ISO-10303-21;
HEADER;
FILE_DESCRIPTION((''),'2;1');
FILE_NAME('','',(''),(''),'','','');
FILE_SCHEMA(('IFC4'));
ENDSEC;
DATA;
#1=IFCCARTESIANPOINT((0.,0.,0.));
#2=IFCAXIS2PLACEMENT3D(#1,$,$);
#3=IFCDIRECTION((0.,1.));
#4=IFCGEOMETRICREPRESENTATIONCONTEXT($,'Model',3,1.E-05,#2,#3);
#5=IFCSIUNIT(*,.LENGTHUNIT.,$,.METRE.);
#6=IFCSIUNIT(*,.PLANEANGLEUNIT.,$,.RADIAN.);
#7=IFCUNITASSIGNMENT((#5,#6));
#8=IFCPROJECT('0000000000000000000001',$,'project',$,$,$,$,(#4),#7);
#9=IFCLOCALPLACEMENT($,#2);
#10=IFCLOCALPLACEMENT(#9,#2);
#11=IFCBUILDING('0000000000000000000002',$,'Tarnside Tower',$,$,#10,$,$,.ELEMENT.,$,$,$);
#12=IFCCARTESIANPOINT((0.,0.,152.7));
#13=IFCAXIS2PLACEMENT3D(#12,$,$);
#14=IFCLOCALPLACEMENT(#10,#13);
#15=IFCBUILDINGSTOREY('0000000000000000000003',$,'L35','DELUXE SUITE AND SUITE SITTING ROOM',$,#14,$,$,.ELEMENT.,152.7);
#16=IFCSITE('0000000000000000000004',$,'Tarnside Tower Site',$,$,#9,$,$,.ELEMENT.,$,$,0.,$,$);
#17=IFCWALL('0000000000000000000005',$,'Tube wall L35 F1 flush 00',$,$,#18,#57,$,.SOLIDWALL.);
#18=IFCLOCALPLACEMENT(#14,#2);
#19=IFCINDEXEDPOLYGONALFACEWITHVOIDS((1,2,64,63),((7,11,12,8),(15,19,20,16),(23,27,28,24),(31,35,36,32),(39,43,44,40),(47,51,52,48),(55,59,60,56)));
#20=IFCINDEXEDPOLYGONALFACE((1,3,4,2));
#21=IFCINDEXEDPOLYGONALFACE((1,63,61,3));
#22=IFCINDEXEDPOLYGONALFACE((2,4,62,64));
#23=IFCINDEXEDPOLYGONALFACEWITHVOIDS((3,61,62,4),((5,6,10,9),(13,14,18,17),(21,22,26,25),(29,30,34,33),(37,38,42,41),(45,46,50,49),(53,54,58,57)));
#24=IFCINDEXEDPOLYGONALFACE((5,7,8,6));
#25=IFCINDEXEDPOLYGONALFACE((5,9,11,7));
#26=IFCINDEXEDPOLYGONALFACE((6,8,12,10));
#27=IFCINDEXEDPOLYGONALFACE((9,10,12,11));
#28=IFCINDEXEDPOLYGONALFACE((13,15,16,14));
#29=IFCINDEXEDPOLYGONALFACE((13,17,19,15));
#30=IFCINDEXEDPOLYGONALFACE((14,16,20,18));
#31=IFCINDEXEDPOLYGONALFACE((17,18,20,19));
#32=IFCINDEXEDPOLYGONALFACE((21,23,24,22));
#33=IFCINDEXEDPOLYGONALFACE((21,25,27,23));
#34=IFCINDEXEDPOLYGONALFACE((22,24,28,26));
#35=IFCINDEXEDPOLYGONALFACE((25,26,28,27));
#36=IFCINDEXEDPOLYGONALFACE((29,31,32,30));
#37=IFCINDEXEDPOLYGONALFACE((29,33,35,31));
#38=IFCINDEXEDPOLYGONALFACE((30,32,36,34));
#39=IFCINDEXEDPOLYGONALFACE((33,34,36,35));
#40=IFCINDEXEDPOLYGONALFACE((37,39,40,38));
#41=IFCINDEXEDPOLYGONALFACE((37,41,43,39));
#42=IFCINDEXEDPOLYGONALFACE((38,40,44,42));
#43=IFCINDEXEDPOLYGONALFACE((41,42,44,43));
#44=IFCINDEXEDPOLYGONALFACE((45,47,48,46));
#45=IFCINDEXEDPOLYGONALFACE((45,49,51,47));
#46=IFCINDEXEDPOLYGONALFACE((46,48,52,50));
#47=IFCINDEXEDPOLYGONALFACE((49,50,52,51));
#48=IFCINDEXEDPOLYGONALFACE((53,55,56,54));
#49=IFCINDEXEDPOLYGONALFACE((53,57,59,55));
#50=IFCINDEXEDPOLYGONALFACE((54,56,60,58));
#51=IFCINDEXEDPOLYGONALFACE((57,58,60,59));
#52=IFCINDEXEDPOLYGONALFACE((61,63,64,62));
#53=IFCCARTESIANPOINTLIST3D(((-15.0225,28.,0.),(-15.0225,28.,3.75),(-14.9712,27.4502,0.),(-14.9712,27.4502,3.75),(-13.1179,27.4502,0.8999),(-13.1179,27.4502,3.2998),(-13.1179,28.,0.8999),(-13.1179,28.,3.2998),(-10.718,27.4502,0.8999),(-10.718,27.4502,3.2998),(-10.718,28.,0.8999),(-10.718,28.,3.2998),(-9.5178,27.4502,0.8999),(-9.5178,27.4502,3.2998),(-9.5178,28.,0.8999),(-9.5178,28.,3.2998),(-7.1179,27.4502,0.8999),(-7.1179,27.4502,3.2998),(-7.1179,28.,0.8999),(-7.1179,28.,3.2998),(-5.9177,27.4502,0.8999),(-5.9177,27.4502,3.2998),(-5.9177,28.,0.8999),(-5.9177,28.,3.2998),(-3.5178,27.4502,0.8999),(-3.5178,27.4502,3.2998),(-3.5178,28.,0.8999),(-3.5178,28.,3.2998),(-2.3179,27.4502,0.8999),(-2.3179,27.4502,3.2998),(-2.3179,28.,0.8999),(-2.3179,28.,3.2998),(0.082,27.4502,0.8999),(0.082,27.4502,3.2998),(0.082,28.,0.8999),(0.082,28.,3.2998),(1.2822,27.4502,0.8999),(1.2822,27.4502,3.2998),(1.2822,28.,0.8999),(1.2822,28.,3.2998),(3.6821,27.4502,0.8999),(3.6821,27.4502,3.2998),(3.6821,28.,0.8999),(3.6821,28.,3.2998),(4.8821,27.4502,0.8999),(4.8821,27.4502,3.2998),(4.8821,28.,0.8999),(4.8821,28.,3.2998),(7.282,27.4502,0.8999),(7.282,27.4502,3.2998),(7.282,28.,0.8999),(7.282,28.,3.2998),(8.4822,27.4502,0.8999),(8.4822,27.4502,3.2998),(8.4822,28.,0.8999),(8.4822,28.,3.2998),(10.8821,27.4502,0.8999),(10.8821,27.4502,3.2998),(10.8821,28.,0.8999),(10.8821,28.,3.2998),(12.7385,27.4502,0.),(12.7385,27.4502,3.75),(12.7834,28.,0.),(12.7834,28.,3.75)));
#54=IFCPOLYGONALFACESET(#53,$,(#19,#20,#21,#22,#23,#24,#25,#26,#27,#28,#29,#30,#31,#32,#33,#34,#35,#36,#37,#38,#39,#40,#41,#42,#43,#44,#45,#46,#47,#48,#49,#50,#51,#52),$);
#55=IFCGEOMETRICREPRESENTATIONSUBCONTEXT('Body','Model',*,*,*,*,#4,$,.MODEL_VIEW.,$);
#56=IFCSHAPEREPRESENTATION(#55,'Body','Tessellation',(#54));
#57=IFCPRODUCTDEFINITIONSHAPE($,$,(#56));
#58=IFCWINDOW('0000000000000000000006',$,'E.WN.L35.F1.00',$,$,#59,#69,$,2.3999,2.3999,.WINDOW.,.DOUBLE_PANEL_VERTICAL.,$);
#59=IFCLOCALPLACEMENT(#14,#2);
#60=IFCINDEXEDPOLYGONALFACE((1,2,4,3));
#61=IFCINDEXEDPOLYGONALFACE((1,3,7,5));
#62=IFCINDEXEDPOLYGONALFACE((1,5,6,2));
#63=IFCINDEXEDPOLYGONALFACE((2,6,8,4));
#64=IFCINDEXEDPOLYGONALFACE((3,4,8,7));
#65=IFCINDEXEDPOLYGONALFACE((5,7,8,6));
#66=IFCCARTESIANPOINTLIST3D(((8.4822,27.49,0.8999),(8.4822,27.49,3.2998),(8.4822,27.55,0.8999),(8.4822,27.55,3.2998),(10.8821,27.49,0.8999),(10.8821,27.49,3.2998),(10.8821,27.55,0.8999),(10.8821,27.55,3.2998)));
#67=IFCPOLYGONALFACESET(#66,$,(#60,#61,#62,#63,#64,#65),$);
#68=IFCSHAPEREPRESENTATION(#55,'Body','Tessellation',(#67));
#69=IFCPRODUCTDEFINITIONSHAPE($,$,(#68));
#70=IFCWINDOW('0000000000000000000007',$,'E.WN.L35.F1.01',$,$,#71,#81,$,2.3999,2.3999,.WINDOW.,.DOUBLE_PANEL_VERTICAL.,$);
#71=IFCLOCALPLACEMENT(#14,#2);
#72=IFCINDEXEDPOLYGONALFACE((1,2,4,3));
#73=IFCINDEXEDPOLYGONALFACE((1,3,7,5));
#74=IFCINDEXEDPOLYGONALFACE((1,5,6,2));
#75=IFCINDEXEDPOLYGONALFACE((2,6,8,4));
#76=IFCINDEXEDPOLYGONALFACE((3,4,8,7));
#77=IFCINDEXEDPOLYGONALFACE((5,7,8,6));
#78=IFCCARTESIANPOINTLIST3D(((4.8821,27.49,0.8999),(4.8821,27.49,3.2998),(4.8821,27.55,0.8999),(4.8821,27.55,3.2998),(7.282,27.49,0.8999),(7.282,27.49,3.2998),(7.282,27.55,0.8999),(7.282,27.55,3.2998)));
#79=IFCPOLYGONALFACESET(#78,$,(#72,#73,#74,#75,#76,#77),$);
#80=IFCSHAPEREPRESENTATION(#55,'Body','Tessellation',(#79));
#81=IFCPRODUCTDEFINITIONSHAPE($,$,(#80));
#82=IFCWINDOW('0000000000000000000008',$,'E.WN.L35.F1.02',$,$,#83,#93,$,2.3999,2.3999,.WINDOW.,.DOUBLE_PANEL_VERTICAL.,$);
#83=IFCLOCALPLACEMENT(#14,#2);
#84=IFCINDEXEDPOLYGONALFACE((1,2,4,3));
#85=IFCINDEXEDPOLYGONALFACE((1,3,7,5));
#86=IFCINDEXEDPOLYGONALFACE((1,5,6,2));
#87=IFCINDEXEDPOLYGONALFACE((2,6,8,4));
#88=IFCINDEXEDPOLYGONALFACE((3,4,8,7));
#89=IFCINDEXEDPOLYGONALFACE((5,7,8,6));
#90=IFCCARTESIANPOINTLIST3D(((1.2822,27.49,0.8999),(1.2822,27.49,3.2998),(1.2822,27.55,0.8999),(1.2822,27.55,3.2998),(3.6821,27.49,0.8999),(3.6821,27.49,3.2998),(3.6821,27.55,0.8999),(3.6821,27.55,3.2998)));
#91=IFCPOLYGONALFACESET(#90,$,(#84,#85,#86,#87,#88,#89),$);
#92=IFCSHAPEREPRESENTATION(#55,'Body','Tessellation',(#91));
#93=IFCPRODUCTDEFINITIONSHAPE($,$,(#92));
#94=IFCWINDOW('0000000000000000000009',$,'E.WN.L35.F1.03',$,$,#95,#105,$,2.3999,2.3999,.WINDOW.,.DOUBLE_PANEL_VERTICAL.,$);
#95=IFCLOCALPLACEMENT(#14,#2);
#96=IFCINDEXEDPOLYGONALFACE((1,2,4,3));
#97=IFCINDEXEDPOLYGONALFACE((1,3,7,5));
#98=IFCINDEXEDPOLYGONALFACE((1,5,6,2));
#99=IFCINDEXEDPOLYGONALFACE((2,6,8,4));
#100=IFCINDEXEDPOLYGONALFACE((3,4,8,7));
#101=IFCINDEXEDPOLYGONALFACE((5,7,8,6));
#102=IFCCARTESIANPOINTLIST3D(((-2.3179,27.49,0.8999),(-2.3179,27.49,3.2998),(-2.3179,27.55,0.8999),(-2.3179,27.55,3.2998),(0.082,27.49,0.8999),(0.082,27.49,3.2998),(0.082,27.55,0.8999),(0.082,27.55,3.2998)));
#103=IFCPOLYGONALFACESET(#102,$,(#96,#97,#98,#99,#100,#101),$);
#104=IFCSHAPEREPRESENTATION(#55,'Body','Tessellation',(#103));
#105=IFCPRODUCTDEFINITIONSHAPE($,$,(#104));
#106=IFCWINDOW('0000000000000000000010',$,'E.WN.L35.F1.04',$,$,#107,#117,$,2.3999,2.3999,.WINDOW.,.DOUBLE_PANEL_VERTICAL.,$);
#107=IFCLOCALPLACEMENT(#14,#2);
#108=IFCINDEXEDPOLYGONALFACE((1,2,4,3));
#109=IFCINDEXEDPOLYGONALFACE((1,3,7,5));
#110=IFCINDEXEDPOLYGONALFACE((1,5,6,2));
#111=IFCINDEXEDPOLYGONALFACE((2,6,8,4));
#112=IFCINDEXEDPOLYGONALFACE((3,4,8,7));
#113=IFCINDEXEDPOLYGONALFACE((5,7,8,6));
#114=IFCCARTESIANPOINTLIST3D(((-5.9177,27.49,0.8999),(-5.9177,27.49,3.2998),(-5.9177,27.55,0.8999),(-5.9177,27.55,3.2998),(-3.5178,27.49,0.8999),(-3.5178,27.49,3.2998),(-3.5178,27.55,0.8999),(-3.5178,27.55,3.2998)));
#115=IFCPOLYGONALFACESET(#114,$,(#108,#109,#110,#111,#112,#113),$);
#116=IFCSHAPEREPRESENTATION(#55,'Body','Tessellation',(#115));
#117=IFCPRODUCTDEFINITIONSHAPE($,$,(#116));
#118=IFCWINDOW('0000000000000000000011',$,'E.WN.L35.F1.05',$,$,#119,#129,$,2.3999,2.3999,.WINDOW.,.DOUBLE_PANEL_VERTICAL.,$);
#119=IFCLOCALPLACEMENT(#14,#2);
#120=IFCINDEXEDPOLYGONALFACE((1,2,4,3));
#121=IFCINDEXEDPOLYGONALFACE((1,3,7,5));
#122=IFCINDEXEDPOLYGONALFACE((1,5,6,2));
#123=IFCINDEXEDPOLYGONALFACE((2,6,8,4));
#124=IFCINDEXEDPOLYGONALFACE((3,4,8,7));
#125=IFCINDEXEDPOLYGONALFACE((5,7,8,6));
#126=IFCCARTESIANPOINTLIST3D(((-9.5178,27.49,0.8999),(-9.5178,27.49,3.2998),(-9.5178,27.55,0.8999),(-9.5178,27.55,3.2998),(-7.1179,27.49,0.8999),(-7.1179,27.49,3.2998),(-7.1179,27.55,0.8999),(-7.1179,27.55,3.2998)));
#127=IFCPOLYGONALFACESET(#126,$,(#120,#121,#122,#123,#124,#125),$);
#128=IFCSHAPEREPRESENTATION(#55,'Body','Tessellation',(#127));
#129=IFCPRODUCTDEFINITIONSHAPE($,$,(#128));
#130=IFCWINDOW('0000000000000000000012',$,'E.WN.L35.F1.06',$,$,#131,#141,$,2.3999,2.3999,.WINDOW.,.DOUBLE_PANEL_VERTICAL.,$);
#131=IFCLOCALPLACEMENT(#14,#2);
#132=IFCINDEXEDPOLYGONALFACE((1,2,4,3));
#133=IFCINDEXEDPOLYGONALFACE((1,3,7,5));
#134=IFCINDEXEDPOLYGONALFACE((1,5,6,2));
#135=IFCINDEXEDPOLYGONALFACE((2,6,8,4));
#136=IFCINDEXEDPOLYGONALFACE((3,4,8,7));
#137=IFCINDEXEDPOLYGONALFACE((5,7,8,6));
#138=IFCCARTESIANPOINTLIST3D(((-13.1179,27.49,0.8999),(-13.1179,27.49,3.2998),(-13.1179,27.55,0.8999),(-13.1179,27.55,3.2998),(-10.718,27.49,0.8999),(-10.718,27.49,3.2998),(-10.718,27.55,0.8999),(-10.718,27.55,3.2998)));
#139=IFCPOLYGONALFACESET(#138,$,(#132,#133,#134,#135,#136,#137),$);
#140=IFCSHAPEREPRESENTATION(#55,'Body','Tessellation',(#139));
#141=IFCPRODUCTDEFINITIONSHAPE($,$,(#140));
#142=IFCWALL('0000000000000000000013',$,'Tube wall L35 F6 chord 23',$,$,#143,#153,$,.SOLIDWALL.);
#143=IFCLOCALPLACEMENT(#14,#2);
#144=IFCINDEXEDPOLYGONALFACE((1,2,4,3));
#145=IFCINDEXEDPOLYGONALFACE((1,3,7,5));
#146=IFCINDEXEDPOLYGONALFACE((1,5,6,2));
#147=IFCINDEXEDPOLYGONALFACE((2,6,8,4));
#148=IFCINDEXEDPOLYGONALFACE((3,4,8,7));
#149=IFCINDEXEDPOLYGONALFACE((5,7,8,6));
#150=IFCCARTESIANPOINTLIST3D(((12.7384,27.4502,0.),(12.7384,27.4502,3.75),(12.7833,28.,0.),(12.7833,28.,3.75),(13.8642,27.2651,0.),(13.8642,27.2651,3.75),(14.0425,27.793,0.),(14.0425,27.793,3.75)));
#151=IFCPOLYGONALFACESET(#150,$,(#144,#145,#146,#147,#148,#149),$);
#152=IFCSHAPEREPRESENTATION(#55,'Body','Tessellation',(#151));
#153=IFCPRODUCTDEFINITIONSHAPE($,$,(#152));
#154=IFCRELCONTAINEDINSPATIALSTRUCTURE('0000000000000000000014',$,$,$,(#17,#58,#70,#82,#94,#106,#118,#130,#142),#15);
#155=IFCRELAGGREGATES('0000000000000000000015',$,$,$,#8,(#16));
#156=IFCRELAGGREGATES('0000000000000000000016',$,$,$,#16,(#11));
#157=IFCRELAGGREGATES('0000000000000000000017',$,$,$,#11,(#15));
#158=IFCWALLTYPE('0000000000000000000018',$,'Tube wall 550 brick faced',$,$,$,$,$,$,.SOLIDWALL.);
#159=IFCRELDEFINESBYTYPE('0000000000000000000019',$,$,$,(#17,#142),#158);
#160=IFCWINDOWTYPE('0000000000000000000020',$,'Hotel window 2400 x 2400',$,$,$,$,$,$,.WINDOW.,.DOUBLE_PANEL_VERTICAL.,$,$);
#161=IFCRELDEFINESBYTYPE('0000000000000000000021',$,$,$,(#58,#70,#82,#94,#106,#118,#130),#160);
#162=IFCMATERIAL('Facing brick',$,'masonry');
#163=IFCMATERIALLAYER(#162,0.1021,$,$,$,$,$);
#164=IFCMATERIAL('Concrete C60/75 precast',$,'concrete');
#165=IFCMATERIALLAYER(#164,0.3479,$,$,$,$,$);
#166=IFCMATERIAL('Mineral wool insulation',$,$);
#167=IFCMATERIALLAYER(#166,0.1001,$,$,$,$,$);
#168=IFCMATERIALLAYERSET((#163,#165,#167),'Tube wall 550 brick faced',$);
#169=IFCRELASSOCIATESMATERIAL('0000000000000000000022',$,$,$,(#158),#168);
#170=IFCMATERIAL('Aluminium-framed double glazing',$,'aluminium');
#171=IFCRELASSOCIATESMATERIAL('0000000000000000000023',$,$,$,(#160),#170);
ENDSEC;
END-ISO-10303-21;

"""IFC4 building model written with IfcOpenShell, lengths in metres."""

from ifc_helpers import new_model, si_unit, direction, frame, frame_2d, origin, place, context, subcontext, project, spatial, polyline, rectangle, outline, extrude, material, layer, layer_set, type_object, element, fill, save


model = new_model("IFC4")

# Units and contexts
model_context = context("Model", 3, precision=1e-05, world=origin(), true_north=direction((0.0, 1.0)))
body_context = subcontext(model_context, "Body", "Model", "MODEL_VIEW")
ifc_project = project(units=[si_unit("LENGTHUNIT", "METRE"), si_unit("PLANEANGLEUNIT", "RADIAN")], contexts=[model_context])

# Site, building, storey
site_placement = place(None, origin())
site = spatial("IfcSite", under=ifc_project, at=site_placement, Name="Tarnside Tower Site", CompositionType="ELEMENT", RefElevation=0.0)
building_placement = place(site_placement, origin())
building = spatial("IfcBuilding", under=site, at=building_placement, Name="Tarnside Tower", CompositionType="ELEMENT")
storey_placement = place(building_placement, frame((0.0, 0.0, 152.7)))
storey = spatial("IfcBuildingStorey", under=building, at=storey_placement, Name="L35", Description="DELUXE SUITE AND SUITE SITTING ROOM", CompositionType="ELEMENT", Elevation=152.7)

# Wall, openings, windows
ifc_material_1 = material(Name="Facing brick", Category="masonry")
ifc_layer_1 = layer(ifc_material_1, 0.1021)
ifc_material_2 = material(Name="Concrete C60/75 precast", Category="concrete")
ifc_layer_2 = layer(ifc_material_2, 0.3479)
ifc_material_3 = material(Name="Mineral wool insulation")
ifc_layer_3 = layer(ifc_material_3, 0.1001)
ifc_layer_set_1 = layer_set([ifc_layer_1, ifc_layer_2, ifc_layer_3], Name="Tube wall 550 brick faced")
wall_type_1 = type_object("IfcWallType", Name="Tube wall 550 brick faced", PredefinedType="SOLIDWALL", material=ifc_layer_set_1)
wall_1_placement = place(storey_placement, frame((12.761, 27.7251, 0.0), z_axis=(0.0, 0.0, 1.0), x_axis=(-1.0, 0.0, 0.0)))
wall_1 = element("IfcWall", 1, at=wall_1_placement, inside=storey, type_object=wall_type_1, Name="Tube wall L35 F1 flush 00", PredefinedType="SOLIDWALL", context=body_context, shape_type="SweptSolid", body=[
    extrude(outline(polyline([(-0.0225, -0.2749), (27.7834, -0.2749), (27.7322, 0.2749), (0.0225, 0.2749), (-0.0225, -0.2749)])), origin(), (0.0, 0.0, 1.0), 3.75),
])
opening_1_placement = place(wall_1_placement, frame((1.8789, 0.0, 0.8999)))
opening_1 = element("IfcOpeningElement", 2, at=opening_1_placement, cuts=wall_1, PredefinedType="OPENING", context=body_context, shape_type="SweptSolid", body=[
    extrude(rectangle(XDim=2.3999, YDim=2.3999, at=frame_2d((1.2, 1.2))), frame((0.0, 0.2852, 0.0), z_axis=(0.0, -1.0, 0.0), x_axis=(1.0, 0.0, 0.0)), (0.0, 0.0, 1.0), 0.5701),
])
opening_2_placement = place(wall_1_placement, frame((5.479, 0.0, 0.8999)))
opening_2 = element("IfcOpeningElement", 3, at=opening_2_placement, cuts=wall_1, PredefinedType="OPENING", context=body_context, shape_type="SweptSolid", body=[
    extrude(rectangle(XDim=2.3999, YDim=2.3999, at=frame_2d((1.2, 1.2))), frame((0.0, 0.2852, 0.0), z_axis=(0.0, -1.0, 0.0), x_axis=(1.0, 0.0, 0.0)), (0.0, 0.0, 1.0), 0.5701),
])
opening_3_placement = place(wall_1_placement, frame((9.0789, 0.0, 0.8999)))
opening_3 = element("IfcOpeningElement", 4, at=opening_3_placement, cuts=wall_1, PredefinedType="OPENING", context=body_context, shape_type="SweptSolid", body=[
    extrude(rectangle(XDim=2.3999, YDim=2.3999, at=frame_2d((1.2, 1.2))), frame((0.0, 0.2852, 0.0), z_axis=(0.0, -1.0, 0.0), x_axis=(1.0, 0.0, 0.0)), (0.0, 0.0, 1.0), 0.5701),
])
opening_4_placement = place(wall_1_placement, frame((12.679, 0.0, 0.8999)))
opening_4 = element("IfcOpeningElement", 5, at=opening_4_placement, cuts=wall_1, PredefinedType="OPENING", context=body_context, shape_type="SweptSolid", body=[
    extrude(rectangle(XDim=2.3999, YDim=2.3999, at=frame_2d((1.2, 1.2))), frame((0.0, 0.2852, 0.0), z_axis=(0.0, -1.0, 0.0), x_axis=(1.0, 0.0, 0.0)), (0.0, 0.0, 1.0), 0.5701),
])
opening_5_placement = place(wall_1_placement, frame((16.2788, 0.0, 0.8999)))
opening_5 = element("IfcOpeningElement", 6, at=opening_5_placement, cuts=wall_1, PredefinedType="OPENING", context=body_context, shape_type="SweptSolid", body=[
    extrude(rectangle(XDim=2.3999, YDim=2.3999, at=frame_2d((1.2, 1.2))), frame((0.0, 0.2852, 0.0), z_axis=(0.0, -1.0, 0.0), x_axis=(1.0, 0.0, 0.0)), (0.0, 0.0, 1.0), 0.5701),
])
opening_6_placement = place(wall_1_placement, frame((19.8789, 0.0, 0.8999)))
opening_6 = element("IfcOpeningElement", 7, at=opening_6_placement, cuts=wall_1, PredefinedType="OPENING", context=body_context, shape_type="SweptSolid", body=[
    extrude(rectangle(XDim=2.3999, YDim=2.3999, at=frame_2d((1.2, 1.2))), frame((0.0, 0.2852, 0.0), z_axis=(0.0, -1.0, 0.0), x_axis=(1.0, 0.0, 0.0)), (0.0, 0.0, 1.0), 0.5701),
])
opening_7_placement = place(wall_1_placement, frame((23.479, 0.0, 0.8999)))
opening_7 = element("IfcOpeningElement", 8, at=opening_7_placement, cuts=wall_1, PredefinedType="OPENING", context=body_context, shape_type="SweptSolid", body=[
    extrude(rectangle(XDim=2.3999, YDim=2.3999, at=frame_2d((1.2, 1.2))), frame((0.0, 0.2852, 0.0), z_axis=(0.0, -1.0, 0.0), x_axis=(1.0, 0.0, 0.0)), (0.0, 0.0, 1.0), 0.5701),
])
ifc_material_4 = material(Name="Aluminium-framed double glazing", Category="aluminium")
window_type = type_object("IfcWindowType", Name="Hotel window 2400 x 2400", PartitioningType="DOUBLE_PANEL_VERTICAL", PredefinedType="WINDOW", material=ifc_material_4)
window_1_placement = place(opening_1_placement, frame((0.0, 0.2051, 0.0)))
window_1 = element("IfcWindow", 9, at=window_1_placement, inside=storey, type_object=window_type, Name="E.WN.L35.F1.00", OverallHeight=2.3999, OverallWidth=2.3999, PartitioningType="DOUBLE_PANEL_VERTICAL", PredefinedType="WINDOW", context=body_context, shape_type="SweptSolid", body=[
    extrude(rectangle(XDim=2.3999, YDim=2.3999, at=frame_2d((1.2, 1.2))), frame((0.0, 0.03, 0.0), z_axis=(0.0, -1.0, 0.0), x_axis=(1.0, 0.0, 0.0)), (0.0, 0.0, 1.0), 0.0601),
])
fill(opening_1, window_1)
window_2_placement = place(opening_2_placement, frame((0.0, 0.2051, 0.0)))
window_2 = element("IfcWindow", 10, at=window_2_placement, inside=storey, type_object=window_type, Name="E.WN.L35.F1.01", OverallHeight=2.3999, OverallWidth=2.3999, PartitioningType="DOUBLE_PANEL_VERTICAL", PredefinedType="WINDOW", context=body_context, shape_type="SweptSolid", body=[
    extrude(rectangle(XDim=2.3999, YDim=2.3999, at=frame_2d((1.2, 1.2))), frame((0.0, 0.03, 0.0), z_axis=(0.0, -1.0, 0.0), x_axis=(1.0, 0.0, 0.0)), (0.0, 0.0, 1.0), 0.0601),
])
fill(opening_2, window_2)
window_3_placement = place(opening_3_placement, frame((0.0, 0.2051, 0.0)))
window_3 = element("IfcWindow", 11, at=window_3_placement, inside=storey, type_object=window_type, Name="E.WN.L35.F1.02", OverallHeight=2.3999, OverallWidth=2.3999, PartitioningType="DOUBLE_PANEL_VERTICAL", PredefinedType="WINDOW", context=body_context, shape_type="SweptSolid", body=[
    extrude(rectangle(XDim=2.3999, YDim=2.3999, at=frame_2d((1.2, 1.2))), frame((0.0, 0.03, 0.0), z_axis=(0.0, -1.0, 0.0), x_axis=(1.0, 0.0, 0.0)), (0.0, 0.0, 1.0), 0.0601),
])
fill(opening_3, window_3)
window_4_placement = place(opening_4_placement, frame((0.0, 0.2051, 0.0)))
window_4 = element("IfcWindow", 12, at=window_4_placement, inside=storey, type_object=window_type, Name="E.WN.L35.F1.03", OverallHeight=2.3999, OverallWidth=2.3999, PartitioningType="DOUBLE_PANEL_VERTICAL", PredefinedType="WINDOW", context=body_context, shape_type="SweptSolid", body=[
    extrude(rectangle(XDim=2.3999, YDim=2.3999, at=frame_2d((1.2, 1.2))), frame((0.0, 0.03, 0.0), z_axis=(0.0, -1.0, 0.0), x_axis=(1.0, 0.0, 0.0)), (0.0, 0.0, 1.0), 0.0601),
])
fill(opening_4, window_4)
window_5_placement = place(opening_5_placement, frame((0.0, 0.2051, 0.0)))
window_5 = element("IfcWindow", 13, at=window_5_placement, inside=storey, type_object=window_type, Name="E.WN.L35.F1.04", OverallHeight=2.3999, OverallWidth=2.3999, PartitioningType="DOUBLE_PANEL_VERTICAL", PredefinedType="WINDOW", context=body_context, shape_type="SweptSolid", body=[
    extrude(rectangle(XDim=2.3999, YDim=2.3999, at=frame_2d((1.2, 1.2))), frame((0.0, 0.03, 0.0), z_axis=(0.0, -1.0, 0.0), x_axis=(1.0, 0.0, 0.0)), (0.0, 0.0, 1.0), 0.0601),
])
fill(opening_5, window_5)
window_6_placement = place(opening_6_placement, frame((0.0, 0.2051, 0.0)))
window_6 = element("IfcWindow", 14, at=window_6_placement, inside=storey, type_object=window_type, Name="E.WN.L35.F1.05", OverallHeight=2.3999, OverallWidth=2.3999, PartitioningType="DOUBLE_PANEL_VERTICAL", PredefinedType="WINDOW", context=body_context, shape_type="SweptSolid", body=[
    extrude(rectangle(XDim=2.3999, YDim=2.3999, at=frame_2d((1.2, 1.2))), frame((0.0, 0.03, 0.0), z_axis=(0.0, -1.0, 0.0), x_axis=(1.0, 0.0, 0.0)), (0.0, 0.0, 1.0), 0.0601),
])
fill(opening_6, window_6)
window_7_placement = place(opening_7_placement, frame((0.0, 0.2051, 0.0)))
window_7 = element("IfcWindow", 15, at=window_7_placement, inside=storey, type_object=window_type, Name="E.WN.L35.F1.06", OverallHeight=2.3999, OverallWidth=2.3999, PartitioningType="DOUBLE_PANEL_VERTICAL", PredefinedType="WINDOW", context=body_context, shape_type="SweptSolid", body=[
    extrude(rectangle(XDim=2.3999, YDim=2.3999, at=frame_2d((1.2, 1.2))), frame((0.0, 0.03, 0.0), z_axis=(0.0, -1.0, 0.0), x_axis=(1.0, 0.0, 0.0)), (0.0, 0.0, 1.0), 0.0601),
])
fill(opening_7, window_7)

# Wall
wall_2_placement = place(storey_placement, frame((13.9534, 27.5291, 0.0), z_axis=(0.0, 0.0, 1.0), x_axis=(-0.986752, 0.162236, 0.0)))
element("IfcWall", 16, at=wall_2_placement, inside=storey, type_object=wall_type_1, Name="Tube wall L35 F6 chord 23", PredefinedType="SOLIDWALL", context=body_context, shape_type="SweptSolid", body=[
    extrude(outline(polyline([(-0.0452, -0.2749), (1.231, -0.2749), (1.186, 0.2749), (0.0452, 0.2749), (-0.0452, -0.2749)])), origin(), (0.0, 0.0, 1.0), 3.75),
])

save(model, "model.ifc")
